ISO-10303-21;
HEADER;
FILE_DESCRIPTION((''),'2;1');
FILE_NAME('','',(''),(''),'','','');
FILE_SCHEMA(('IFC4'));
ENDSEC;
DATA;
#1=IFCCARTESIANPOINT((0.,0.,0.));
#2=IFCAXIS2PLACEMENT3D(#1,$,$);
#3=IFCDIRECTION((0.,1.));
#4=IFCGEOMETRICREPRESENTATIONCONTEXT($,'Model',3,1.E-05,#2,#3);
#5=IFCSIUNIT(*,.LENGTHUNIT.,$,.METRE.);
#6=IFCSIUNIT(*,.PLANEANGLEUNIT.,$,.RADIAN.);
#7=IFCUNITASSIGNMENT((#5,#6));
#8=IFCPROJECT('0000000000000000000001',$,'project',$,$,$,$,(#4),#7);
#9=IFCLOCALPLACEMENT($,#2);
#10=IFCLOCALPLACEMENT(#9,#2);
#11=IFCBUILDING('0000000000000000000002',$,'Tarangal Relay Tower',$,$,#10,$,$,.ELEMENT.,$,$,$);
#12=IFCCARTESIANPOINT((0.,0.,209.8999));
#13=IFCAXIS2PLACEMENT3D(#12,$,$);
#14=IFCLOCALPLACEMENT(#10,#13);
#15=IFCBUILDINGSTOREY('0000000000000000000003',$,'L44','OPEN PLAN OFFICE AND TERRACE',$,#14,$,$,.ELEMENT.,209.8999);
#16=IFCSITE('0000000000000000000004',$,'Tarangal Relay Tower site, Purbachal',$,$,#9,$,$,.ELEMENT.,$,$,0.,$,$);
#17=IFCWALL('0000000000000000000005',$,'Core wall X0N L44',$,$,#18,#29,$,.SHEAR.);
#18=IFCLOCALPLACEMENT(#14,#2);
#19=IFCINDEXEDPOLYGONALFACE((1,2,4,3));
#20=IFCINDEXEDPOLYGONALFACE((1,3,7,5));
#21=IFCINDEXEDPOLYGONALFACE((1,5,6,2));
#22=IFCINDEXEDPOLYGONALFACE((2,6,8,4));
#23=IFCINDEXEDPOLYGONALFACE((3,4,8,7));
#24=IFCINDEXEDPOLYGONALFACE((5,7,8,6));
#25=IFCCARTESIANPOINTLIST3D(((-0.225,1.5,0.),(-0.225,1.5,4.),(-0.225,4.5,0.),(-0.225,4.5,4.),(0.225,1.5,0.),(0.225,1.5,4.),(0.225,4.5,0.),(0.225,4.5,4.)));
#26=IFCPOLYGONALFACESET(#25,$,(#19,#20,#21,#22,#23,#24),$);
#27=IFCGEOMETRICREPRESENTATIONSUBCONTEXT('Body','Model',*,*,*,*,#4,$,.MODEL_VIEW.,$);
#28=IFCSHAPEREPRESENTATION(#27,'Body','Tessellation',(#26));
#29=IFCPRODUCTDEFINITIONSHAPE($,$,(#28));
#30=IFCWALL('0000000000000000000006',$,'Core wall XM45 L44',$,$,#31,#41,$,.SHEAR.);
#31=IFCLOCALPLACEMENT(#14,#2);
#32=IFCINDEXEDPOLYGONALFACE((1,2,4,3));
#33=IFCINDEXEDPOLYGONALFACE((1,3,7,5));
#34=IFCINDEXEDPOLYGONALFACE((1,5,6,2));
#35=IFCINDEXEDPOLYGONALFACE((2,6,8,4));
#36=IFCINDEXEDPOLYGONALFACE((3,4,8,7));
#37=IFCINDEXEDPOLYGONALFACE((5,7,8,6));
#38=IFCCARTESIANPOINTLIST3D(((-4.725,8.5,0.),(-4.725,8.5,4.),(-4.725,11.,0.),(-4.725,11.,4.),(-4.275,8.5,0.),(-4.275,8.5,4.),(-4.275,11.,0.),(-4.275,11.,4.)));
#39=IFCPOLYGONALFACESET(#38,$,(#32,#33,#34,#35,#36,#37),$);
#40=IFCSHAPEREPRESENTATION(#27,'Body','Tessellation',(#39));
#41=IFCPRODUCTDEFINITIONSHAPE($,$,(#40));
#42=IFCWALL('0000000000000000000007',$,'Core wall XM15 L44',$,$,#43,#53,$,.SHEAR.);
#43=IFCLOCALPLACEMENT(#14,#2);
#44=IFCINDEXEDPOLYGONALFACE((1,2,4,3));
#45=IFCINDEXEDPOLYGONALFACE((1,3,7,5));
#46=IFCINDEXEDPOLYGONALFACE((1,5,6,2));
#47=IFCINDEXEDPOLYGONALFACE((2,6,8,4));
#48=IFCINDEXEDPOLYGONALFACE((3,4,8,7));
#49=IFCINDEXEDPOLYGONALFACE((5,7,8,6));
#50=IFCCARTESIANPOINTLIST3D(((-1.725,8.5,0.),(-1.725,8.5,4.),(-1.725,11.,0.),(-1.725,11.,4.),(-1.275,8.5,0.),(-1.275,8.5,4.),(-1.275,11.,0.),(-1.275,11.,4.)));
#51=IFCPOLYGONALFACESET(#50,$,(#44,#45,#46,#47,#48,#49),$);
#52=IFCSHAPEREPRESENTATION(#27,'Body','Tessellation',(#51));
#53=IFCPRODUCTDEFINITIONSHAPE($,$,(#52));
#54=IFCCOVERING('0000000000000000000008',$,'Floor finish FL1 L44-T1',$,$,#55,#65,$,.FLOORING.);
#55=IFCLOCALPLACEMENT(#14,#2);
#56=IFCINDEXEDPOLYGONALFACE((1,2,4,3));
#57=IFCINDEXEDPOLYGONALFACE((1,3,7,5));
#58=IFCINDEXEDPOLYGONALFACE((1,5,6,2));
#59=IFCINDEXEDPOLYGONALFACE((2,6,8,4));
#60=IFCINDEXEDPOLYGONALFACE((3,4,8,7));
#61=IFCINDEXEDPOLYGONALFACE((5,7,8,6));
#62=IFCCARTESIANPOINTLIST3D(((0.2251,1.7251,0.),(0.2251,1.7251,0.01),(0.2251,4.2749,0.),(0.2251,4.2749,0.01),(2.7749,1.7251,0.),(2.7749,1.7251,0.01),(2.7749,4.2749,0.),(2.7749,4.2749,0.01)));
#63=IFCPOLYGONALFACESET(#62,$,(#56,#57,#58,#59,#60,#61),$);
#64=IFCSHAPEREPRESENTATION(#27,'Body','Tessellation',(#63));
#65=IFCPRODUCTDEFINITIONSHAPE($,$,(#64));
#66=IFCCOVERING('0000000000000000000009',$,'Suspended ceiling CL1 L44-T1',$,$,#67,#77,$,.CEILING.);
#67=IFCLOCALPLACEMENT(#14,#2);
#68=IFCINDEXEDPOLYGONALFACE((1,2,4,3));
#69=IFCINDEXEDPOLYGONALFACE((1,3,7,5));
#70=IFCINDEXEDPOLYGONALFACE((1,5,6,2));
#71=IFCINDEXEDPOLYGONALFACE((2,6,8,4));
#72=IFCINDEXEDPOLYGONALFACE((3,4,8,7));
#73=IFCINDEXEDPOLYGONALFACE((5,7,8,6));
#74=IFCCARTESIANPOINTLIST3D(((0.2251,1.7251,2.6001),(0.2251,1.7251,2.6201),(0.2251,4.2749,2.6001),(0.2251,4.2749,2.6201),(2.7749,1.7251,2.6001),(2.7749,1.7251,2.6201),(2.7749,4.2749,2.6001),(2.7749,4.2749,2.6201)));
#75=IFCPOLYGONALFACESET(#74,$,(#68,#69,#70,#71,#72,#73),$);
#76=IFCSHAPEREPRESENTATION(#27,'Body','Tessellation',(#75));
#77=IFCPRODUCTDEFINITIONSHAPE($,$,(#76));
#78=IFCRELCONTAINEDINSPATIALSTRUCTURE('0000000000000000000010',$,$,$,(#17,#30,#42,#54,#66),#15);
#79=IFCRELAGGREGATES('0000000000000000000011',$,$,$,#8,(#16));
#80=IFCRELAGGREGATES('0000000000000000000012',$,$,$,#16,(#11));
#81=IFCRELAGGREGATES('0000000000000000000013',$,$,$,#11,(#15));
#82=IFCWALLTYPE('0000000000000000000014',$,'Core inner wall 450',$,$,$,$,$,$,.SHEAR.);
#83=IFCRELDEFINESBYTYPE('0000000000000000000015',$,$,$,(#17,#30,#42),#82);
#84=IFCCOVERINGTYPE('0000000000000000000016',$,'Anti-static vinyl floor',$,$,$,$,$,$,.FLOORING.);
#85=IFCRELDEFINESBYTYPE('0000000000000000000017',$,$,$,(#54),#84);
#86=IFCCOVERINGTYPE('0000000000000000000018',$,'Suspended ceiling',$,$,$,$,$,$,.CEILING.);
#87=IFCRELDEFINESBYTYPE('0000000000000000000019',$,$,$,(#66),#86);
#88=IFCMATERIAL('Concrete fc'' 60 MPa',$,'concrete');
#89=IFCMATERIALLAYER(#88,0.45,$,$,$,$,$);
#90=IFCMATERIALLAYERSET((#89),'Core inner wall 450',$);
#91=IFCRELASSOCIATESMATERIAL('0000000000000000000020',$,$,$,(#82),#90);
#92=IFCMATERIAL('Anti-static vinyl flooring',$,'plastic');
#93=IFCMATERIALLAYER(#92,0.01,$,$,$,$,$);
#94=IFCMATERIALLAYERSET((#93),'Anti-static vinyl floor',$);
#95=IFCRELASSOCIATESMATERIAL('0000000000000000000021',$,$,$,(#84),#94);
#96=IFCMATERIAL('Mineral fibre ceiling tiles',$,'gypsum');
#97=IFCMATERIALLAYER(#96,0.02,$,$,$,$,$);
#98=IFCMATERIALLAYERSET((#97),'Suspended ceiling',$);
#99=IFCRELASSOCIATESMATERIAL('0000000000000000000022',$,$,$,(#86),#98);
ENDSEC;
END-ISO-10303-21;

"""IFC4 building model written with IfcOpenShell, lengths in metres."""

from ifc_helpers import new_model, si_unit, direction, frame, frame_2d, origin, place, context, subcontext, project, spatial, polyline, rectangle, outline, extrude, material, layer, layer_set, type_object, element, save


model = new_model("IFC4")

# Units and contexts
model_context = context("Model", 3, precision=1e-05, world=origin(), true_north=direction((0.0, 1.0)))
body_context = subcontext(model_context, "Body", "Model", "MODEL_VIEW")
ifc_project = project(units=[si_unit("LENGTHUNIT", "METRE"), si_unit("PLANEANGLEUNIT", "RADIAN")], contexts=[model_context])

# Site, building, storey
site_placement = place(None, origin())
site = spatial("IfcSite", under=ifc_project, at=site_placement, Name="Tarangal Relay Tower site, Purbachal", CompositionType="ELEMENT", RefElevation=0.0)
building_placement = place(site_placement, origin())
building = spatial("IfcBuilding", under=site, at=building_placement, Name="Tarangal Relay Tower", CompositionType="ELEMENT")
storey_placement = place(building_placement, frame((0.0, 0.0, 209.8999)))
storey = spatial("IfcBuildingStorey", under=building, at=storey_placement, Name="L44", Description="OPEN PLAN OFFICE AND TERRACE", CompositionType="ELEMENT", Elevation=209.8999)

# Shared definitions
ifc_material_1 = material(Name="Concrete fc' 60 MPa", Category="concrete")
ifc_layer_1 = layer(ifc_material_1, 0.45)
ifc_layer_set_1 = layer_set([ifc_layer_1], Name="Core inner wall 450")
wall_type = type_object("IfcWallType", Name="Core inner wall 450", PredefinedType="SHEAR", material=ifc_layer_set_1)

# Walls
for number, where, z_axis, x_axis, name in (
    (1, (0.0, 1.5, 0.0), (0.0, 0.0, 1.0), (0.0, 1.0, 0.0), "Core wall X0N L44"),
):
    element("IfcWall", number, at=place(storey_placement, frame(where, z_axis=z_axis, x_axis=x_axis)), inside=storey, type_object=wall_type, Name=name, PredefinedType="SHEAR", context=body_context, shape_type="SweptSolid", body=[
        extrude(rectangle(XDim=3.0, YDim=0.45, at=frame_2d((1.5, 0.0))), origin(), (0.0, 0.0, 1.0), 4.0),
    ])
for number, where, z_axis, x_axis, name in (
    (2, (-4.5, 8.5, 0.0), (0.0, 0.0, 1.0), (0.0, 1.0, 0.0), "Core wall XM45 L44"),
    (3, (-1.5, 8.5, 0.0), (0.0, 0.0, 1.0), (0.0, 1.0, 0.0), "Core wall XM15 L44"),
):
    element("IfcWall", number, at=place(storey_placement, frame(where, z_axis=z_axis, x_axis=x_axis)), inside=storey, type_object=wall_type, Name=name, PredefinedType="SHEAR", context=body_context, shape_type="SweptSolid", body=[
        extrude(rectangle(XDim=2.5, YDim=0.45, at=frame_2d((1.25, 0.0))), origin(), (0.0, 0.0, 1.0), 4.0),
    ])

# Coverings
ifc_material_2 = material(Name="Anti-static vinyl flooring", Category="plastic")
ifc_layer_2 = layer(ifc_material_2, 0.01)
ifc_layer_set_2 = layer_set([ifc_layer_2], Name="Anti-static vinyl floor")
covering_type_1 = type_object("IfcCoveringType", Name="Anti-static vinyl floor", PredefinedType="FLOORING", material=ifc_layer_set_2)
covering_1_placement = place(storey_placement, origin())
element("IfcCovering", 4, at=covering_1_placement, inside=storey, type_object=covering_type_1, Name="Floor finish FL1 L44-T1", PredefinedType="FLOORING", context=body_context, shape_type="SweptSolid", body=[
    extrude(outline(polyline([(0.2251, 1.7251), (2.7749, 1.7251), (2.7749, 4.2749), (0.2251, 4.2749), (0.2251, 1.7251)])), origin(), (0.0, 0.0, 1.0), 0.01),
])
ifc_material_3 = material(Name="Mineral fibre ceiling tiles", Category="gypsum")
ifc_layer_3 = layer(ifc_material_3, 0.02)
ifc_layer_set_3 = layer_set([ifc_layer_3], Name="Suspended ceiling")
covering_type_2 = type_object("IfcCoveringType", Name="Suspended ceiling", PredefinedType="CEILING", material=ifc_layer_set_3)
covering_2_placement = place(storey_placement, frame((0.0, 0.0, 2.6001)))
element("IfcCovering", 5, at=covering_2_placement, inside=storey, type_object=covering_type_2, Name="Suspended ceiling CL1 L44-T1", PredefinedType="CEILING", context=body_context, shape_type="SweptSolid", body=[
    extrude(outline(polyline([(0.2251, 1.7251), (2.7749, 1.7251), (2.7749, 4.2749), (0.2251, 4.2749), (0.2251, 1.7251)])), origin(), (0.0, 0.0, 1.0), 0.02),
])

save(model, "model.ifc")
